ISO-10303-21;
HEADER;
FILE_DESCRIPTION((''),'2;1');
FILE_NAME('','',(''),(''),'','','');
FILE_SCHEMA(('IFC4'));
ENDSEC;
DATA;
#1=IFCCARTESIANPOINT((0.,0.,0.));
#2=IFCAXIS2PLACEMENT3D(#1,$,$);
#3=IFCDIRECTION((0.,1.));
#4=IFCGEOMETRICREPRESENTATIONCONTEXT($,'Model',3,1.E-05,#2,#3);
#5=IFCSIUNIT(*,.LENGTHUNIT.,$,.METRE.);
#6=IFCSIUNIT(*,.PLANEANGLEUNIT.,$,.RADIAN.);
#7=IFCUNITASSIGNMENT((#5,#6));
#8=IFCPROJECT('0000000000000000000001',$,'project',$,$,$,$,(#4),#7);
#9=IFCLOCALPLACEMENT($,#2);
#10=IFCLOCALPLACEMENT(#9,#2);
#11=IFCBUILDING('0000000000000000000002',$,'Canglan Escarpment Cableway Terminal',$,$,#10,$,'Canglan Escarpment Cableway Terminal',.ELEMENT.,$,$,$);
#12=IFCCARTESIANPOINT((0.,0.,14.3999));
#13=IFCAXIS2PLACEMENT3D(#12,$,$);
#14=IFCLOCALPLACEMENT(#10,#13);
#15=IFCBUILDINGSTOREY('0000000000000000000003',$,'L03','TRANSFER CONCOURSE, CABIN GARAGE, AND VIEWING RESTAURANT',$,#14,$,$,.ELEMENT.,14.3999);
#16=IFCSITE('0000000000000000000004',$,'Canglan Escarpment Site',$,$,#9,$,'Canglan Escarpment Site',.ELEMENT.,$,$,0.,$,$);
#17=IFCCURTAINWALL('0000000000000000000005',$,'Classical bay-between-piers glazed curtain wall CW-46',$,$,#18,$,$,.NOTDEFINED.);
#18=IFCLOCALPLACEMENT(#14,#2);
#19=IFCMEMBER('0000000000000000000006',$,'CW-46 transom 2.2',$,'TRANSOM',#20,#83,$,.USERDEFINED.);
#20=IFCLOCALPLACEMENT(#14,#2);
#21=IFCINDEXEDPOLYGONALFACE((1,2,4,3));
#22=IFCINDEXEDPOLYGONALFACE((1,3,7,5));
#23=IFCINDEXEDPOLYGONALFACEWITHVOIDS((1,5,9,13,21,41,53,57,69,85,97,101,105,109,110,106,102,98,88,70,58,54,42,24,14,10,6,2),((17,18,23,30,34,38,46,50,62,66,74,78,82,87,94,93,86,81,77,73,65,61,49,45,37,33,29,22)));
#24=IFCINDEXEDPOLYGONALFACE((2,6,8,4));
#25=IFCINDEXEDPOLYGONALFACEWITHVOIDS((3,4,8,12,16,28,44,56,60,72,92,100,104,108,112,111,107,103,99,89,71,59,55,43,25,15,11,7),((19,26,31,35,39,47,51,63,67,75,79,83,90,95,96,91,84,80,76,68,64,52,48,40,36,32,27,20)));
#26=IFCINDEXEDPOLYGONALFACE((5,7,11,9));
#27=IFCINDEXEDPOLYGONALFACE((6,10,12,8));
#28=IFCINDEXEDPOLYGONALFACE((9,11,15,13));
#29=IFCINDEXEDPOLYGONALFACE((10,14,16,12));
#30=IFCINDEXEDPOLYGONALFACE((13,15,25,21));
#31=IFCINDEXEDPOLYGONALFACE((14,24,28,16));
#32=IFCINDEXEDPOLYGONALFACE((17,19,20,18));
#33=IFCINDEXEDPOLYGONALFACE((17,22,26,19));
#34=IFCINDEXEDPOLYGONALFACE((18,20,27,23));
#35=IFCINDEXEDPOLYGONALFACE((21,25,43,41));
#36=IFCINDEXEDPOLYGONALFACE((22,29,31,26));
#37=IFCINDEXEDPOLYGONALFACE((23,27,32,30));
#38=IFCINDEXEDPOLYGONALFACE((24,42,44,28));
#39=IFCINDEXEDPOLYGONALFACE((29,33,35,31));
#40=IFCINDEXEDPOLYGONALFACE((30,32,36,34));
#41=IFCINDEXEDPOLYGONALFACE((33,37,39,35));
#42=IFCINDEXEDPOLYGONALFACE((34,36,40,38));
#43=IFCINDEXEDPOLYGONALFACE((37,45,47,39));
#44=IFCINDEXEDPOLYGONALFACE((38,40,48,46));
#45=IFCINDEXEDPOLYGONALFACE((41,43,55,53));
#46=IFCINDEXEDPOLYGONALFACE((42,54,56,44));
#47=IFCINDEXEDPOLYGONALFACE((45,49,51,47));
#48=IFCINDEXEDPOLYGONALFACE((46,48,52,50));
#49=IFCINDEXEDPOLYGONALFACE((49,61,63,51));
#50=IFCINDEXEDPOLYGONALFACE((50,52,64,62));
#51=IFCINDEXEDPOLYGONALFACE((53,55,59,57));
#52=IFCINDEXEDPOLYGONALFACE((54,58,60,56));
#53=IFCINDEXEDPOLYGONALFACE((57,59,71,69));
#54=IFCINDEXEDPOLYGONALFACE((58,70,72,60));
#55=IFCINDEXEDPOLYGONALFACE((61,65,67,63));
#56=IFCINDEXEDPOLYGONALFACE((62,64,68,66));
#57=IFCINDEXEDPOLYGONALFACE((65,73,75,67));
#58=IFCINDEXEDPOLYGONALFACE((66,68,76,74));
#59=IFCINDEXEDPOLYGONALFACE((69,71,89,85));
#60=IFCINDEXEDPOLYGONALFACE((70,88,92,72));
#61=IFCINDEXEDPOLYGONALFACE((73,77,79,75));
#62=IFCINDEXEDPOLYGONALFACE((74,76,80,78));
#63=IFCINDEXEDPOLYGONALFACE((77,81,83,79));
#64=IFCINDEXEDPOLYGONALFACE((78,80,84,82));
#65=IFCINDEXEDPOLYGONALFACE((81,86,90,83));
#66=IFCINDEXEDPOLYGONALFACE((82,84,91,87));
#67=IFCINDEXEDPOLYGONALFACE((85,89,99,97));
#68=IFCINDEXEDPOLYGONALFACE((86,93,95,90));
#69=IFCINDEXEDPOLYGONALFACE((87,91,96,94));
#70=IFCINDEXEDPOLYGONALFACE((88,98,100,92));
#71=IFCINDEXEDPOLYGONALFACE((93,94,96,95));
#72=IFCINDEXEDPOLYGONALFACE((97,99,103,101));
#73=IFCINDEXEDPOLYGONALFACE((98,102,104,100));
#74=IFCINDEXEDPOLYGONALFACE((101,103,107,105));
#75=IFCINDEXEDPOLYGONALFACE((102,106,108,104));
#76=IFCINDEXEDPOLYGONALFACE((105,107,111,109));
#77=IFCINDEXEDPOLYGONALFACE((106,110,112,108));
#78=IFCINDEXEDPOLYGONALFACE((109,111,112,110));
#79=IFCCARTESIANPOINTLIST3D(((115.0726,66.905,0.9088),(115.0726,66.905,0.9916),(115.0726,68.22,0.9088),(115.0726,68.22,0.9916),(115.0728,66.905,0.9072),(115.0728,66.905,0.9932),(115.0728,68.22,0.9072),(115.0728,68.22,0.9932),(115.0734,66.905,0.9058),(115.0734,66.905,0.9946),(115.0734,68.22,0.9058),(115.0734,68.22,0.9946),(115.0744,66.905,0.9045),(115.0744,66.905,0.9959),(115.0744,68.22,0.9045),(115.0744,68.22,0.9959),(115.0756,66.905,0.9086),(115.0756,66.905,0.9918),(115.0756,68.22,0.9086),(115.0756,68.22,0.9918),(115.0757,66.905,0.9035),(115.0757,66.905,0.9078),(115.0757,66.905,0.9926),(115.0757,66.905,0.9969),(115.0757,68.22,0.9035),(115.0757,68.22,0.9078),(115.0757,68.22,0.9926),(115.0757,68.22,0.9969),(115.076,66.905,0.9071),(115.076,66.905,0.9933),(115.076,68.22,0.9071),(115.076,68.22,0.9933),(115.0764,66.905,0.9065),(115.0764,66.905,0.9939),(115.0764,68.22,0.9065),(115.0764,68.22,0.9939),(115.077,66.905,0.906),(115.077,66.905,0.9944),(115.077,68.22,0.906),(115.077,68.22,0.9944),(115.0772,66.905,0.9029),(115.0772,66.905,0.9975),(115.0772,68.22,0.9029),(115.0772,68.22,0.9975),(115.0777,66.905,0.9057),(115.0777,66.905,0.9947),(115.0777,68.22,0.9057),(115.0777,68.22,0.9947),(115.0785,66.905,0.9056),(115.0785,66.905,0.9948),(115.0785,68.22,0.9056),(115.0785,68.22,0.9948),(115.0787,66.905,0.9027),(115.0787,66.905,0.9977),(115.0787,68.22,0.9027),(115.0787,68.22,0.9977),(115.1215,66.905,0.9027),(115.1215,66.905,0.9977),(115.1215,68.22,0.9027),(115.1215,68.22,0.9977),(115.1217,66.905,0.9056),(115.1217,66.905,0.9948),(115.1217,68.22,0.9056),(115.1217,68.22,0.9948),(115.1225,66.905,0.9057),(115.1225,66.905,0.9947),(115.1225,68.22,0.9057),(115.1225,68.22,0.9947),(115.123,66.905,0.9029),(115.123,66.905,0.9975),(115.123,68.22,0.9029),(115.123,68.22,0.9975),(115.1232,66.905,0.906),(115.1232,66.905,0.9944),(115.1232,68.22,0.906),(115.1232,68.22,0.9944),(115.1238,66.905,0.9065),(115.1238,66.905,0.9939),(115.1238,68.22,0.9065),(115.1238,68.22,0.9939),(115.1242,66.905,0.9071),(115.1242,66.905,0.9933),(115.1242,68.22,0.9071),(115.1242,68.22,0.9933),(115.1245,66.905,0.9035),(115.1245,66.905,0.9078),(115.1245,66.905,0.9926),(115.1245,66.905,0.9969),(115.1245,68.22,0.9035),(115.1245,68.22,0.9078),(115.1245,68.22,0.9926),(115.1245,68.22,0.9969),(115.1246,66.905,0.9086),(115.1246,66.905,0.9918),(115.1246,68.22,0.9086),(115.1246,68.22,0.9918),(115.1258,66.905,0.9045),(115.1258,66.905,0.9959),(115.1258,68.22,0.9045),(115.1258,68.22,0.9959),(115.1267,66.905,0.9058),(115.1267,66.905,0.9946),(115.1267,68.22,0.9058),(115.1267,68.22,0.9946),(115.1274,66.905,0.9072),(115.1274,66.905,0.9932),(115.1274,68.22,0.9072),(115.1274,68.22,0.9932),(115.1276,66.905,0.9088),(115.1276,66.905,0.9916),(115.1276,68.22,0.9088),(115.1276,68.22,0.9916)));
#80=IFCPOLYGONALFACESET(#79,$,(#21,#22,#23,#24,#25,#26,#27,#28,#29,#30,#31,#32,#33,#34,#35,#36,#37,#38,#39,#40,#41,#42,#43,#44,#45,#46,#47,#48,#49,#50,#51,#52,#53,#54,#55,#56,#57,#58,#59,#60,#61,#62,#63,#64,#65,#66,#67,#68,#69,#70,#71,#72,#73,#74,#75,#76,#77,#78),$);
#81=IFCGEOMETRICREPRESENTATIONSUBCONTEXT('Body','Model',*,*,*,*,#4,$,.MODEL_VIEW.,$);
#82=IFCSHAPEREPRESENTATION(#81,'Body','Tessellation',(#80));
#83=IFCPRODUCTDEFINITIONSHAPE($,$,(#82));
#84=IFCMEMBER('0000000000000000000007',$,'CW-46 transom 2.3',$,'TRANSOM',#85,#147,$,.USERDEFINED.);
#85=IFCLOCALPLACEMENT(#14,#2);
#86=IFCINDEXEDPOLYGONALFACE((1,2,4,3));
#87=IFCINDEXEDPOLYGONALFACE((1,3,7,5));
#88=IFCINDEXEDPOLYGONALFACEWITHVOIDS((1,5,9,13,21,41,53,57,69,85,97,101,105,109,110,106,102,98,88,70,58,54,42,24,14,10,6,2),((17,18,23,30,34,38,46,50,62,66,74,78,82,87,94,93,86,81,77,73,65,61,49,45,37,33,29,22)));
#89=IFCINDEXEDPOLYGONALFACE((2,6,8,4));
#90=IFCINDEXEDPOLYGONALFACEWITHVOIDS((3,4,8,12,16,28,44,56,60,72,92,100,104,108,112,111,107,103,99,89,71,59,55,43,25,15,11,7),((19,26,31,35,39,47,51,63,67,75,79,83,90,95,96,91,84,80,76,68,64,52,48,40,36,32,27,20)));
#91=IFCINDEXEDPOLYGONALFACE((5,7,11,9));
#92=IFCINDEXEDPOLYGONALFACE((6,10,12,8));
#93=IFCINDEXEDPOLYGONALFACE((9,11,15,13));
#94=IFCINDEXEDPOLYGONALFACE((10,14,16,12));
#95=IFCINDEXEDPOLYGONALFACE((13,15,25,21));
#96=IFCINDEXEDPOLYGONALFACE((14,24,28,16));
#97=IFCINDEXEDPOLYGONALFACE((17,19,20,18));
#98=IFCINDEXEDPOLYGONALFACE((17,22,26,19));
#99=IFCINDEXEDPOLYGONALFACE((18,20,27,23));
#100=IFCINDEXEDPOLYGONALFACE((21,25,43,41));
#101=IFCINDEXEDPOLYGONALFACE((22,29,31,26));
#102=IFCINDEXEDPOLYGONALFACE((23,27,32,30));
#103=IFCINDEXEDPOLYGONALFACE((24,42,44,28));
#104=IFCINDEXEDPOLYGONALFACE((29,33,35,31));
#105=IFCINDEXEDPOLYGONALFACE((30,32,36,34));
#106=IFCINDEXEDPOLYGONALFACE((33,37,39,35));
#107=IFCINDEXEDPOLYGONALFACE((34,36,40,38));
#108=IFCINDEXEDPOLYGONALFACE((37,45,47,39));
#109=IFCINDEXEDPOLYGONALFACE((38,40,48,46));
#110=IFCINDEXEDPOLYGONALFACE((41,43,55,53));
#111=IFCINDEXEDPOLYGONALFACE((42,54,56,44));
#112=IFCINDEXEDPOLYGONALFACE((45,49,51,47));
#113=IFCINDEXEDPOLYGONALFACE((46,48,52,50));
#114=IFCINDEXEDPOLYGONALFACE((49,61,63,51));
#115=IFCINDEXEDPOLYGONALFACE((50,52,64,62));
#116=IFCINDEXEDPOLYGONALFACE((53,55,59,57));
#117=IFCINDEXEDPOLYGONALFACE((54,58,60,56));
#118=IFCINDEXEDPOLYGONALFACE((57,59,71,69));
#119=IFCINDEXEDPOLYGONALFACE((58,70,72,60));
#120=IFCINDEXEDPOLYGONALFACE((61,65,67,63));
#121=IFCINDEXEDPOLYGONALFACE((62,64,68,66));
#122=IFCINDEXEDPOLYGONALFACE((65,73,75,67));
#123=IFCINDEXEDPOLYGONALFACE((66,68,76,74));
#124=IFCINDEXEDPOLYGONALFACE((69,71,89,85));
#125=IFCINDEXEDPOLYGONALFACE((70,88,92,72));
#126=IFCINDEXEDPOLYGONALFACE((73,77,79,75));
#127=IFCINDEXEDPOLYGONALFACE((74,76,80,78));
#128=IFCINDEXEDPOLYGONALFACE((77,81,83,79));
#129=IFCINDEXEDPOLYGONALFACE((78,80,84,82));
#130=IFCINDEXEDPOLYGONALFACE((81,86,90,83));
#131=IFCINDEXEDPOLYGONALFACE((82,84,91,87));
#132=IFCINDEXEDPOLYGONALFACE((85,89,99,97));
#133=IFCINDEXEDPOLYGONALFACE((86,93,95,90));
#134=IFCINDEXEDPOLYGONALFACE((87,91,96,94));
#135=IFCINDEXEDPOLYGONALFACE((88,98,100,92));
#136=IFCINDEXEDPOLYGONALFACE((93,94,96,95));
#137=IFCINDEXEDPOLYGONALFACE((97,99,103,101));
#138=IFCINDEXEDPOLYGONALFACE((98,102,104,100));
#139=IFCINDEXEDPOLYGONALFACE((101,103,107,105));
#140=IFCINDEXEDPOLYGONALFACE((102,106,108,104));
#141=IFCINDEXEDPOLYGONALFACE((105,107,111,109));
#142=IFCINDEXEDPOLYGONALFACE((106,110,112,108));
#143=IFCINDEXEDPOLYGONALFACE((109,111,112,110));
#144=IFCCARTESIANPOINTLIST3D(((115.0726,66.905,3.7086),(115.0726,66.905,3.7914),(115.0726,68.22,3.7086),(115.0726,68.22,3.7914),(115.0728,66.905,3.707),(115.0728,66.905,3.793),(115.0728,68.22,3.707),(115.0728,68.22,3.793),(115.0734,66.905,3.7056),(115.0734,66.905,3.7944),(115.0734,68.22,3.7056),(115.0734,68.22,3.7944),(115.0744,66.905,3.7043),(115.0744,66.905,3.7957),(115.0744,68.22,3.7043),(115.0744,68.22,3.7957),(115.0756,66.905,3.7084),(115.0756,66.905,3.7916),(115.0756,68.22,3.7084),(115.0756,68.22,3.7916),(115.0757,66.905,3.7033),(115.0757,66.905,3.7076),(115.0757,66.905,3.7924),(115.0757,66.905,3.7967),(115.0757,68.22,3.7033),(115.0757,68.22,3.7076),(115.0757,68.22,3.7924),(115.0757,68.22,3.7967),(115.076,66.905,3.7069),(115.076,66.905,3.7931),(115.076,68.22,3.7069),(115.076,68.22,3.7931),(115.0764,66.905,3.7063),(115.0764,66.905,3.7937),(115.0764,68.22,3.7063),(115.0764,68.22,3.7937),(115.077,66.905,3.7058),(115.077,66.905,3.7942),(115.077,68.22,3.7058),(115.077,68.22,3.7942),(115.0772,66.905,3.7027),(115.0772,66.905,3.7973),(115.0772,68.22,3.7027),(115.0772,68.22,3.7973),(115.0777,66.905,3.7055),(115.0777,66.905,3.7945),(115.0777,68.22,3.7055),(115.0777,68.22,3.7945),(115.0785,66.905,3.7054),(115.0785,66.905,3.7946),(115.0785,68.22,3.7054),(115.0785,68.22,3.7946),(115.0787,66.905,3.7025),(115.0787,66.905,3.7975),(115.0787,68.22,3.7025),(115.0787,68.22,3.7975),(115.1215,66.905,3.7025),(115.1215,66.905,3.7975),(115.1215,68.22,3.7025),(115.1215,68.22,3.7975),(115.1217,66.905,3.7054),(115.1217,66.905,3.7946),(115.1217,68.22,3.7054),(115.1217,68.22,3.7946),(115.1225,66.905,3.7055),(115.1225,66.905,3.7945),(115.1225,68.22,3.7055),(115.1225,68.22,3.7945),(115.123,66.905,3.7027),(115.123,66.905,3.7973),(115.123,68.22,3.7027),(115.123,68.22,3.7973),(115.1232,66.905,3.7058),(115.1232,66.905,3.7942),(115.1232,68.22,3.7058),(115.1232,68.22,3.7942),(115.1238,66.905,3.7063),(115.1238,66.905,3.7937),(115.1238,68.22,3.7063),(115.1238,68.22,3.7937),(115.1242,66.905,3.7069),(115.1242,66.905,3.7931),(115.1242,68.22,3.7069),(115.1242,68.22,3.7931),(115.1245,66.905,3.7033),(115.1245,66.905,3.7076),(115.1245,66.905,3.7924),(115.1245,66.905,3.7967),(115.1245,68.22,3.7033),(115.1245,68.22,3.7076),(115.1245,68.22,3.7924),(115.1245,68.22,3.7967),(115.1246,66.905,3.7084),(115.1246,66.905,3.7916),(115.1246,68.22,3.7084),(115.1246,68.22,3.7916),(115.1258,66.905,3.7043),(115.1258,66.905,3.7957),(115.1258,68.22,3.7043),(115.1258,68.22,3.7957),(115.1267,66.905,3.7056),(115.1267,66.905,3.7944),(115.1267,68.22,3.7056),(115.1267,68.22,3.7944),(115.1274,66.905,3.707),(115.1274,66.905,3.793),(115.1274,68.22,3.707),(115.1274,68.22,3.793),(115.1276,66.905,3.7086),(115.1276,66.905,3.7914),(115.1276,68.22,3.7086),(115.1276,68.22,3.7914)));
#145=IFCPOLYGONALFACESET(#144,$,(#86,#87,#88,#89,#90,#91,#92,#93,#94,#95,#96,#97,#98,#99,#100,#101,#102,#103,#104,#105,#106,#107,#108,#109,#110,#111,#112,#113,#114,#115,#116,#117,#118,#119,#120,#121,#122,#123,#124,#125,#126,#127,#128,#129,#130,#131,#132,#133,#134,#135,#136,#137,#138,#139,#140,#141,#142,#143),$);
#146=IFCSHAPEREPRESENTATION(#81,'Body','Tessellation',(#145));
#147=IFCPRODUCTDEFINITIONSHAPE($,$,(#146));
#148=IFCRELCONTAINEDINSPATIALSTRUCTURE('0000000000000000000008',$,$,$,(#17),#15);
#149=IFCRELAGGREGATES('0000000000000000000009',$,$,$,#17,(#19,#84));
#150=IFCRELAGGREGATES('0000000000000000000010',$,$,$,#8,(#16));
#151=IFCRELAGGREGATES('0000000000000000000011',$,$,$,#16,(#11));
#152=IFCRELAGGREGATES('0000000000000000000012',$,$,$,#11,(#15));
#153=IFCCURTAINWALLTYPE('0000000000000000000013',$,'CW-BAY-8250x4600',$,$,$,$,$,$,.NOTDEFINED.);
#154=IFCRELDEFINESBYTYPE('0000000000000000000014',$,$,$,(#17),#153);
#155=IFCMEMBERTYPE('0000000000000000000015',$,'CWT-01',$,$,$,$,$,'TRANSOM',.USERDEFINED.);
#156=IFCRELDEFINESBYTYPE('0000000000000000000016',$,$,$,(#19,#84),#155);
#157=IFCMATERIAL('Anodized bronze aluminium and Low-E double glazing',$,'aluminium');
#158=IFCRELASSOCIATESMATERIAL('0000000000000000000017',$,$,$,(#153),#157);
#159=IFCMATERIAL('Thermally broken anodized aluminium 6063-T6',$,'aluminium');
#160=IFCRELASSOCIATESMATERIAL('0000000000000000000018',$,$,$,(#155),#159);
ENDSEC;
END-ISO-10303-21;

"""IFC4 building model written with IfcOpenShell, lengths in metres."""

from ifc_helpers import new_model, si_unit, direction, frame, origin, origin_2d, place, context, subcontext, project, spatial, hollow_rectangle, extrude, material, material_profile, profile_set, type_object, element, aggregate, save


model = new_model("IFC4")

# Units and contexts
model_context = context("Model", 3, precision=1e-05, world=origin(), true_north=direction((0.0, 1.0)))
body_context = subcontext(model_context, "Body", "Model", "MODEL_VIEW")
ifc_project = project(units=[si_unit("LENGTHUNIT", "METRE"), si_unit("PLANEANGLEUNIT", "RADIAN")], contexts=[model_context])

# Site, building, storey
site_placement = place(None, origin())
site = spatial("IfcSite", under=ifc_project, at=site_placement, Name="Canglan Escarpment Site", LongName="Canglan Escarpment Site", CompositionType="ELEMENT", RefElevation=0.0)
building_placement = place(site_placement, origin())
building = spatial("IfcBuilding", under=site, at=building_placement, Name="Canglan Escarpment Cableway Terminal", LongName="Canglan Escarpment Cableway Terminal", CompositionType="ELEMENT")
storey_placement = place(building_placement, frame((0.0, 0.0, 14.3999)))
storey = spatial("IfcBuildingStorey", under=building, at=storey_placement, Name="L03", Description="TRANSFER CONCOURSE, CABIN GARAGE, AND VIEWING RESTAURANT", CompositionType="ELEMENT", Elevation=14.3999)

# Curtain wall, members
ifc_material_1 = material(Name="Anodized bronze aluminium and Low-E double glazing", Category="aluminium")
curtain_wall_type = type_object("IfcCurtainWallType", Name="CW-BAY-8250x4600", PredefinedType="NOTDEFINED", material=ifc_material_1)
curtain_wall_placement = place(storey_placement, origin())
curtain_wall = element("IfcCurtainWall", 1, at=curtain_wall_placement, inside=storey, type_object=curtain_wall_type, Name="Classical bay-between-piers glazed curtain wall CW-46", PredefinedType="NOTDEFINED")
ifc_material_2 = material(Name="Thermally broken anodized aluminium 6063-T6", Category="aluminium")
ifc_material_profile_1 = material_profile(ifc_material_2, hollow_rectangle(XDim=0.0549, YDim=0.095, WallThickness=0.0029, InnerFilletRadius=0.0029, OuterFilletRadius=0.0061, at=origin_2d()), Name="ALU-TRAN 55x95x3")
ifc_profile_set_1 = profile_set([ifc_material_profile_1], Name="Thermally broken anodized aluminium 6063-T6")
member_type_1 = type_object("IfcMemberType", Name="CWT-01", ElementType="TRANSOM", PredefinedType="USERDEFINED", material=ifc_profile_set_1)
member_1_placement = place(storey_placement, frame((115.1001, 68.22, 0.9502), z_axis=(0.0, -1.0, 0.0), x_axis=(1.0, 0.0, 0.0)))
member_1 = element("IfcMember", 2, at=member_1_placement, type_object=member_type_1, Name="CW-46 transom 2.2", ObjectType="TRANSOM", PredefinedType="USERDEFINED", context=body_context, shape_type="SweptSolid", body=[
    extrude(hollow_rectangle(XDim=0.0549, YDim=0.095, WallThickness=0.0029, InnerFilletRadius=0.0029, OuterFilletRadius=0.0061, at=origin_2d()), origin(), (0.0, 0.0, 1.0), 1.3149),
])
member_2_placement = place(storey_placement, frame((115.1001, 68.22, 3.75), z_axis=(0.0, -1.0, 0.0), x_axis=(1.0, 0.0, 0.0)))
member_2 = element("IfcMember", 3, at=member_2_placement, type_object=member_type_1, Name="CW-46 transom 2.3", ObjectType="TRANSOM", PredefinedType="USERDEFINED", context=body_context, shape_type="SweptSolid", body=[
    extrude(hollow_rectangle(XDim=0.0549, YDim=0.095, WallThickness=0.0029, InnerFilletRadius=0.0029, OuterFilletRadius=0.0061, at=origin_2d()), origin(), (0.0, 0.0, 1.0), 1.3149),
])

aggregate(curtain_wall, [member_1, member_2])

save(model, "model.ifc")
